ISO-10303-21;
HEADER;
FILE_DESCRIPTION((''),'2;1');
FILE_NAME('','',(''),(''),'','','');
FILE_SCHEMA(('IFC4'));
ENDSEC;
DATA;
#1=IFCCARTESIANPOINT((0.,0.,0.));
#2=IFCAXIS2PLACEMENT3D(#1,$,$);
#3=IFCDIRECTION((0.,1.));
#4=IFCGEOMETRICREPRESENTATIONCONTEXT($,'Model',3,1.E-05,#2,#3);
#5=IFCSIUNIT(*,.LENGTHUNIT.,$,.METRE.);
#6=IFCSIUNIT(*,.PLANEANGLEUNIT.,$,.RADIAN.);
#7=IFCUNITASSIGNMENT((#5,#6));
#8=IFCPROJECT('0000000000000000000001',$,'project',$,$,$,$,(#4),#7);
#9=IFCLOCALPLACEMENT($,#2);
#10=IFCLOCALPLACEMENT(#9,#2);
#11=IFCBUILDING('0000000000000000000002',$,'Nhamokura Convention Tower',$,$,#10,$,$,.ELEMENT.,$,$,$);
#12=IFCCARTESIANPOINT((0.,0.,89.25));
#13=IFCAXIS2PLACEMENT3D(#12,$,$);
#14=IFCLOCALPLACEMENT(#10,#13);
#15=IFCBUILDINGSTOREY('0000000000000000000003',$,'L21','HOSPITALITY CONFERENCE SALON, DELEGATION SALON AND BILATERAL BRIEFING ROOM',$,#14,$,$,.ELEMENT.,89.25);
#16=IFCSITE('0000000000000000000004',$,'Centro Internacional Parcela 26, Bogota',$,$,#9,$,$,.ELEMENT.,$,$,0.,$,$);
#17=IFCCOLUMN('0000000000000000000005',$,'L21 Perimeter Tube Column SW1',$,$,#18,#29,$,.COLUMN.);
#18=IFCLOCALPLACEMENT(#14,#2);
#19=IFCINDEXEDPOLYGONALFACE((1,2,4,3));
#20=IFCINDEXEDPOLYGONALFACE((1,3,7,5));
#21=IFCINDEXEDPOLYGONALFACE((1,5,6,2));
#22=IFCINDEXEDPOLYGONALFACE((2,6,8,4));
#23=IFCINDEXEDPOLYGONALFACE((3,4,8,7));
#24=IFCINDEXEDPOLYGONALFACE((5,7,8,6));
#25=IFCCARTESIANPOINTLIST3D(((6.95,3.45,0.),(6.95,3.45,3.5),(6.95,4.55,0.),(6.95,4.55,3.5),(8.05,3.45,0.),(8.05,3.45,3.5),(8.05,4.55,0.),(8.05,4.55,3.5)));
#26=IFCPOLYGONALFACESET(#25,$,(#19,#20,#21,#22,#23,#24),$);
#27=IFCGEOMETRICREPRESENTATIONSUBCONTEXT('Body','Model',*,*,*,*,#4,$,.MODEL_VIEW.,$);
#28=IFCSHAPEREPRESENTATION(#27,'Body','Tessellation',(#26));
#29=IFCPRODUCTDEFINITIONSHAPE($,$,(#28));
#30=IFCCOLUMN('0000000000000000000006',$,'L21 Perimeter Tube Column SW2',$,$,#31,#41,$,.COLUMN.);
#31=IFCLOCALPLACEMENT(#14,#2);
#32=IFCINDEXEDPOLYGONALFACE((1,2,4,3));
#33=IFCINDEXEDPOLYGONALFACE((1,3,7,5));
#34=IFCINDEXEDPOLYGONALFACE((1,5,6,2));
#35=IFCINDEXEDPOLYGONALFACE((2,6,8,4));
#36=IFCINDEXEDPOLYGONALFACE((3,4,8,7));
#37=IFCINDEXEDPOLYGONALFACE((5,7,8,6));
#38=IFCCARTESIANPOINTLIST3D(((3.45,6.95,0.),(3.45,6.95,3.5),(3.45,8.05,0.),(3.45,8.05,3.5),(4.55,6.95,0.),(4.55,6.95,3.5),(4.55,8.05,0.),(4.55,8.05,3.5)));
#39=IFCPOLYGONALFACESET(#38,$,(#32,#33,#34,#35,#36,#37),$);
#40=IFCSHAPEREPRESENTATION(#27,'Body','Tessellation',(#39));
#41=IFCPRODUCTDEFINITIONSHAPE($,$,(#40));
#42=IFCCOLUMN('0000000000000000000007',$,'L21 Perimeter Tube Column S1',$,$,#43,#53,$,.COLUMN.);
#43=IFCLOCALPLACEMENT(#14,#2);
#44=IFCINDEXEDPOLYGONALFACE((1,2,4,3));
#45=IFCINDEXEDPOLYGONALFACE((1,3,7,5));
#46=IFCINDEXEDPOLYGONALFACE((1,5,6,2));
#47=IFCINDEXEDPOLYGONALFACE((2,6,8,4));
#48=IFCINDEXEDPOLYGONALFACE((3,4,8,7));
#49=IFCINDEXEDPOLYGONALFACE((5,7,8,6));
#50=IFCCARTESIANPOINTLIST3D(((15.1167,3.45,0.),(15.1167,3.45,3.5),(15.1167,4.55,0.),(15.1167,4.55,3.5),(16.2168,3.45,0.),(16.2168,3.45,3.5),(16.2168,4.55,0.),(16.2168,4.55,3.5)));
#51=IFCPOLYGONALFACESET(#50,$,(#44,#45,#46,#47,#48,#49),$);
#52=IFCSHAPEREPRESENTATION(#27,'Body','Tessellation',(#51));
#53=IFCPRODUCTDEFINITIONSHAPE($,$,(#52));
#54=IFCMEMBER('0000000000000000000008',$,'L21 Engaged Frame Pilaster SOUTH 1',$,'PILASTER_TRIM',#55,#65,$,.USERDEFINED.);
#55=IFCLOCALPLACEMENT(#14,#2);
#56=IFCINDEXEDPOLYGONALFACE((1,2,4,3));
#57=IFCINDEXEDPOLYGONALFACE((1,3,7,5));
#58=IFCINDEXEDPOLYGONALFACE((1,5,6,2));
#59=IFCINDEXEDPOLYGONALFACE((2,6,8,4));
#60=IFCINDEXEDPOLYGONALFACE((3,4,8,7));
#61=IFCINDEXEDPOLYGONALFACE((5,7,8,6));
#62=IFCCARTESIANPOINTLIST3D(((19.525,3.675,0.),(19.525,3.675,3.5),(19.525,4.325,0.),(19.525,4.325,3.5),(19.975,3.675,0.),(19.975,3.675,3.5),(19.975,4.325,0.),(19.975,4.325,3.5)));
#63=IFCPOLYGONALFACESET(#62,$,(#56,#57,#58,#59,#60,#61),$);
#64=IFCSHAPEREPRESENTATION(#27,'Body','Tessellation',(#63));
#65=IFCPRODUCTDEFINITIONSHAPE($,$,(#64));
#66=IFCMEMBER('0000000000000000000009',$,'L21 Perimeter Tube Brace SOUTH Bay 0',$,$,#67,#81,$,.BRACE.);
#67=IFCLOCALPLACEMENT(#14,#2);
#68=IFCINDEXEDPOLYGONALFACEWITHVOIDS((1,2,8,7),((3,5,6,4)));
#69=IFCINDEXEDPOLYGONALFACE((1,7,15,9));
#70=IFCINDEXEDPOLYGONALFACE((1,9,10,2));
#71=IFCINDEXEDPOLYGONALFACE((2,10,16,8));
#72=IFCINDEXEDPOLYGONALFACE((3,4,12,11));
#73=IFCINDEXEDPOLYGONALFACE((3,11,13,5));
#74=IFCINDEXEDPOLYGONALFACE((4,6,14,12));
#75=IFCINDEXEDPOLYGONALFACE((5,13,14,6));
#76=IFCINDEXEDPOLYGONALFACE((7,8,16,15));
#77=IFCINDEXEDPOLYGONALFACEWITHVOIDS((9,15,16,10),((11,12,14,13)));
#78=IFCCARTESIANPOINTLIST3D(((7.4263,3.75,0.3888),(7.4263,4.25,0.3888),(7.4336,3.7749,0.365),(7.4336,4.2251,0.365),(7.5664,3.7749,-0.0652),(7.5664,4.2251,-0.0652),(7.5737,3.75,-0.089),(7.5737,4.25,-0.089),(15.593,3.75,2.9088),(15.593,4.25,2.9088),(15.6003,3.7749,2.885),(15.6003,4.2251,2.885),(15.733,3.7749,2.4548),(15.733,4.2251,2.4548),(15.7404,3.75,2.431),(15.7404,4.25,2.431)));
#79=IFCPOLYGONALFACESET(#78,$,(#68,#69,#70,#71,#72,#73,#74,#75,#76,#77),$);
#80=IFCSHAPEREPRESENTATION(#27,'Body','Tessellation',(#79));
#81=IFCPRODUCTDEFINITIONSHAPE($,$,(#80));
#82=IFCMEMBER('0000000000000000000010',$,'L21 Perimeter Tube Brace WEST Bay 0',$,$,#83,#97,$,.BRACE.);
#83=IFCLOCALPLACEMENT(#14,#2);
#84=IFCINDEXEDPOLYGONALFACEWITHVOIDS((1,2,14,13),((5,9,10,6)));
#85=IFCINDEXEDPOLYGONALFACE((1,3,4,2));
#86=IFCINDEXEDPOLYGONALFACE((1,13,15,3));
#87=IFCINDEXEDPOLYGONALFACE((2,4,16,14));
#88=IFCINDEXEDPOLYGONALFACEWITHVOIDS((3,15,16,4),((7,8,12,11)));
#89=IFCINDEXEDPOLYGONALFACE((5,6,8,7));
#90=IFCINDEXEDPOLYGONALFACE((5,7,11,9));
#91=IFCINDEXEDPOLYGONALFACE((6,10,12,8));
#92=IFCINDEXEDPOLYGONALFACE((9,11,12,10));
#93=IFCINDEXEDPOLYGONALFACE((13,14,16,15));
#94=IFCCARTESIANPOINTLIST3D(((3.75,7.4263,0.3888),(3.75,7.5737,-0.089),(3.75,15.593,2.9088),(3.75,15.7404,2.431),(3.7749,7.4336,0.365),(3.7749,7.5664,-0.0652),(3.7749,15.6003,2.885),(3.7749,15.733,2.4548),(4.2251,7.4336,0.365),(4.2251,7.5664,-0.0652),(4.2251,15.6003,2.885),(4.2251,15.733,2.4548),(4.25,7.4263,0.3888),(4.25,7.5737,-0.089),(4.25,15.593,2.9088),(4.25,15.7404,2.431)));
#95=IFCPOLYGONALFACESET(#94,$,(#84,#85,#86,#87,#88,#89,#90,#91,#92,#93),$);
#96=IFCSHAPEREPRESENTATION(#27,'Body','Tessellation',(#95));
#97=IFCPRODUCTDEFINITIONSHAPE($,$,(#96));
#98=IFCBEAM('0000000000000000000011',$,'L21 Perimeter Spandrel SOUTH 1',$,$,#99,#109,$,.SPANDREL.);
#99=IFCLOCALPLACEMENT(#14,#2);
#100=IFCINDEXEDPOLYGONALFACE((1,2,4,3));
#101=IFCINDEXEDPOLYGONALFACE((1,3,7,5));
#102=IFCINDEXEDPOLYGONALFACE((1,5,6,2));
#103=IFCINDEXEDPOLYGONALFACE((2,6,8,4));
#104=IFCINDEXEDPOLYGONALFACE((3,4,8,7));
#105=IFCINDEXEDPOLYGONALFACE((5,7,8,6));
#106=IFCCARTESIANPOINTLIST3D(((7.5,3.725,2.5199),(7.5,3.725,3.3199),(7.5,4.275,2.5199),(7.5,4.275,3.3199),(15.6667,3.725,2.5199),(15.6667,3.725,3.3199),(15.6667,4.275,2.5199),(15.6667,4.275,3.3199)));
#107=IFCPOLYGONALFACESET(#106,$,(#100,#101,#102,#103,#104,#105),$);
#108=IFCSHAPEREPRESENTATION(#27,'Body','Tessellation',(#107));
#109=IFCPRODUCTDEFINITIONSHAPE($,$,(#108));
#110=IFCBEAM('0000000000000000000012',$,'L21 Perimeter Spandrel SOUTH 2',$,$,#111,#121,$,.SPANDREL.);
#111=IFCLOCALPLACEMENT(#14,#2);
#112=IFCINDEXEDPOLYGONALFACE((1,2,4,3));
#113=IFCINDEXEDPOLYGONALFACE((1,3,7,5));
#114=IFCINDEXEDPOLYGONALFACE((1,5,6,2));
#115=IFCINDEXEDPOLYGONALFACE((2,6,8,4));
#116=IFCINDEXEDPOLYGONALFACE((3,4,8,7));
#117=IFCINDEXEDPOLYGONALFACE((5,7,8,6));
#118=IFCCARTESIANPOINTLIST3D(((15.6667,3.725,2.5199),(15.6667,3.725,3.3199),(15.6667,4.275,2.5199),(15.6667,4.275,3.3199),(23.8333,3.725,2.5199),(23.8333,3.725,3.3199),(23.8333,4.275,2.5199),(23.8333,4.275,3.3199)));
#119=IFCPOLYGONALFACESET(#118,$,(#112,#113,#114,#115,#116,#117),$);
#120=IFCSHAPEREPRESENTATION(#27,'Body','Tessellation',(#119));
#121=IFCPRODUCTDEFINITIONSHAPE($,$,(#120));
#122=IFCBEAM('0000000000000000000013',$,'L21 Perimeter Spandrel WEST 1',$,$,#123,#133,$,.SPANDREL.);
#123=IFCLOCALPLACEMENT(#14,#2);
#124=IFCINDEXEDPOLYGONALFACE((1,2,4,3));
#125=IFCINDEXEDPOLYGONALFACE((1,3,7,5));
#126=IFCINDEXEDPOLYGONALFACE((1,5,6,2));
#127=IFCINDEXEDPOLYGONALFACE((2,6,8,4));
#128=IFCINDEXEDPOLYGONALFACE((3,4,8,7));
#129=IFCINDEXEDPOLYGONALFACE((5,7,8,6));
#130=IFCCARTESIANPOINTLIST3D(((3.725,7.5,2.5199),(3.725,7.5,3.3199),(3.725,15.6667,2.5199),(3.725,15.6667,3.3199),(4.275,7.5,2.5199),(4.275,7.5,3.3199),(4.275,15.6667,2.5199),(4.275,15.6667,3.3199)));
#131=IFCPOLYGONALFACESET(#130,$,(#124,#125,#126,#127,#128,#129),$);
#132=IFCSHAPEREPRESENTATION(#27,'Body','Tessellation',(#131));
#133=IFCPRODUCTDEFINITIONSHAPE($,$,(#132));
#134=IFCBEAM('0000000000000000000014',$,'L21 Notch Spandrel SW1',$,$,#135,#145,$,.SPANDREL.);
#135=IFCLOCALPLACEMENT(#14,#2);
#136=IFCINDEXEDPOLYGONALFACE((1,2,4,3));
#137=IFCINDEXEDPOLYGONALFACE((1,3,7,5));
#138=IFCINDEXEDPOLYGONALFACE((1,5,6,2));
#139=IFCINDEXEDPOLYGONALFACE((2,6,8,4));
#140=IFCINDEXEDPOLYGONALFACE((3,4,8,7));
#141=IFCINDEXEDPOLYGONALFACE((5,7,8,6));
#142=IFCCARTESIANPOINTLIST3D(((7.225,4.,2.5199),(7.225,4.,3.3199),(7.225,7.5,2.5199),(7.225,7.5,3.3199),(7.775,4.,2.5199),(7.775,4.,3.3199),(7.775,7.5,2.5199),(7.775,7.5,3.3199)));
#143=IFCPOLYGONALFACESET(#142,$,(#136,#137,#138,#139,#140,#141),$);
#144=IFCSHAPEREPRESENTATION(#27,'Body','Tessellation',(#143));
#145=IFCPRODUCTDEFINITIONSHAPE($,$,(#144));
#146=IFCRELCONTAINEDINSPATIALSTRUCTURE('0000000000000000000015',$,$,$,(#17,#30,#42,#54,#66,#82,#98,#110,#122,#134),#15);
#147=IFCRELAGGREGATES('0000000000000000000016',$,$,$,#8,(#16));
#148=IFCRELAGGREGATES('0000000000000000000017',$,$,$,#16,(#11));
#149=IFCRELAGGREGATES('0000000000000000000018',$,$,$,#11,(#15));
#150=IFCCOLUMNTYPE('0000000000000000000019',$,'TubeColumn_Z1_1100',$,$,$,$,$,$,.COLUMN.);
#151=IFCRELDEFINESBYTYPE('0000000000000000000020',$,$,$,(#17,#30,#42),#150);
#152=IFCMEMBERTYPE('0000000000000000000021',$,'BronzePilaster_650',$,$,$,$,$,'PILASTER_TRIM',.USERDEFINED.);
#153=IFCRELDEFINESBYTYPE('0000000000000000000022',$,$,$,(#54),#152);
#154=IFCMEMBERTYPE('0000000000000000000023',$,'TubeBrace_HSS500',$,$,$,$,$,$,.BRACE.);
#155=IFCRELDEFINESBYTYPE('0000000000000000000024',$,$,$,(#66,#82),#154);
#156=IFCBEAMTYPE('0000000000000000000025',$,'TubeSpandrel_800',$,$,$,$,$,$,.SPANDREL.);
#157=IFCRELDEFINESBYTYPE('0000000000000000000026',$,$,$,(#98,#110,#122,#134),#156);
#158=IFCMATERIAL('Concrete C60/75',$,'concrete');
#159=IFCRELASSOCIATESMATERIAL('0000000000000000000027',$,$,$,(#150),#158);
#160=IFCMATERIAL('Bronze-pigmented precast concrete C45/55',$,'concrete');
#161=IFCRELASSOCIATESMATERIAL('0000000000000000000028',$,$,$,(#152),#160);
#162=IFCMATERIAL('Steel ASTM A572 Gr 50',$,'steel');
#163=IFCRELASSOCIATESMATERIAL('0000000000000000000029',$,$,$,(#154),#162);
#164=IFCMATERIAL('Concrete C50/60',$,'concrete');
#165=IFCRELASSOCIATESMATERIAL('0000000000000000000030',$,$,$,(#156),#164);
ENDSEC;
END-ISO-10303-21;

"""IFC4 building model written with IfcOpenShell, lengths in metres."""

from ifc_helpers import new_model, si_unit, direction, frame, origin, origin_2d, place, context, subcontext, project, spatial, rectangle, hollow_rectangle, extrude, material, material_profile, profile_set, type_object, element, save


model = new_model("IFC4")

# Units and contexts
model_context = context("Model", 3, precision=1e-05, world=origin(), true_north=direction((0.0, 1.0)))
body_context = subcontext(model_context, "Body", "Model", "MODEL_VIEW")
ifc_project = project(units=[si_unit("LENGTHUNIT", "METRE"), si_unit("PLANEANGLEUNIT", "RADIAN")], contexts=[model_context])

# Site, building, storey
site_placement = place(None, origin())
site = spatial("IfcSite", under=ifc_project, at=site_placement, Name="Centro Internacional Parcela 26, Bogota", CompositionType="ELEMENT", RefElevation=0.0)
building_placement = place(site_placement, origin())
building = spatial("IfcBuilding", under=site, at=building_placement, Name="Nhamokura Convention Tower", CompositionType="ELEMENT")
storey_placement = place(building_placement, frame((0.0, 0.0, 89.25)))
storey = spatial("IfcBuildingStorey", under=building, at=storey_placement, Name="L21", Description="HOSPITALITY CONFERENCE SALON, DELEGATION SALON AND BILATERAL BRIEFING ROOM", CompositionType="ELEMENT", Elevation=89.25)

# Columns
ifc_material_1 = material(Name="Concrete C60/75", Category="concrete")
ifc_material_profile_1 = material_profile(ifc_material_1, rectangle(XDim=1.1001, YDim=1.1001, at=origin_2d()))
ifc_profile_set_1 = profile_set([ifc_material_profile_1], Name="Concrete C60/75")
column_type = type_object("IfcColumnType", Name="TubeColumn_Z1_1100", PredefinedType="COLUMN", material=ifc_profile_set_1)
for number, where, z_axis, x_axis, name in (
    (1, (7.5, 4.0, 0.0), (0.0, 0.0, 1.0), (1.0, 0.0, 0.0), "L21 Perimeter Tube Column SW1"),
    (2, (4.0, 7.5, 0.0), (0.0, 0.0, 1.0), (1.0, 0.0, 0.0), "L21 Perimeter Tube Column SW2"),
    (3, (15.6667, 4.0, 0.0), (0.0, 0.0, 1.0), (1.0, 0.0, 0.0), "L21 Perimeter Tube Column S1"),
):
    element("IfcColumn", number, at=place(storey_placement, frame(where, z_axis=z_axis, x_axis=x_axis)), inside=storey, type_object=column_type, Name=name, PredefinedType="COLUMN", context=body_context, shape_type="SweptSolid", body=[
        extrude(rectangle(XDim=1.1001, YDim=1.1001, at=origin_2d()), origin(), (0.0, 0.0, 1.0), 3.5),
    ])

# Members
ifc_material_2 = material(Name="Bronze-pigmented precast concrete C45/55", Category="concrete")
ifc_material_profile_2 = material_profile(ifc_material_2, rectangle(XDim=0.45, YDim=0.6499, at=origin_2d()))
ifc_profile_set_2 = profile_set([ifc_material_profile_2], Name="Bronze-pigmented precast concrete C45/55")
member_type_1 = type_object("IfcMemberType", Name="BronzePilaster_650", ElementType="PILASTER_TRIM", PredefinedType="USERDEFINED", material=ifc_profile_set_2)
member_placement = place(storey_placement, frame((19.75, 4.0, 0.0), z_axis=(0.0, 0.0, 1.0), x_axis=(1.0, 0.0, 0.0)))
element("IfcMember", 4, at=member_placement, inside=storey, type_object=member_type_1, Name="L21 Engaged Frame Pilaster SOUTH 1", ObjectType="PILASTER_TRIM", PredefinedType="USERDEFINED", context=body_context, shape_type="SweptSolid", body=[
    extrude(rectangle(XDim=0.45, YDim=0.6499, at=origin_2d()), origin(), (0.0, 0.0, 1.0), 3.5),
])
ifc_material_3 = material(Name="Steel ASTM A572 Gr 50", Category="steel")
ifc_material_profile_3 = material_profile(ifc_material_3, hollow_rectangle(XDim=0.5, YDim=0.5, WallThickness=0.0249, at=origin_2d()))
ifc_profile_set_3 = profile_set([ifc_material_profile_3], Name="Steel ASTM A572 Gr 50")
member_type_2 = type_object("IfcMemberType", Name="TubeBrace_HSS500", PredefinedType="BRACE", material=ifc_profile_set_3)
for number, where, z_axis, x_axis, name in (
    (5, (7.5, 4.0, 0.1499), (0.955543, 0.0, 0.294853), (0.0, 1.0, 0.0), "L21 Perimeter Tube Brace SOUTH Bay 0"),
    (6, (4.0, 7.5, 0.1499), (0.0, 0.955543, 0.294853), (-1.0, 0.0, 0.0), "L21 Perimeter Tube Brace WEST Bay 0"),
):
    element("IfcMember", number, at=place(storey_placement, frame(where, z_axis=z_axis, x_axis=x_axis)), inside=storey, type_object=member_type_2, Name=name, PredefinedType="BRACE", context=body_context, shape_type="SweptSolid", body=[
        extrude(hollow_rectangle(XDim=0.5, YDim=0.5, WallThickness=0.0249, at=origin_2d()), origin(), (0.0, 0.0, 1.0), 8.5466),
    ])

# Beams
ifc_material_4 = material(Name="Concrete C50/60", Category="concrete")
ifc_material_profile_4 = material_profile(ifc_material_4, rectangle(XDim=0.55, YDim=0.8, at=origin_2d()))
ifc_profile_set_4 = profile_set([ifc_material_profile_4], Name="Concrete C50/60")
beam_type = type_object("IfcBeamType", Name="TubeSpandrel_800", PredefinedType="SPANDREL", material=ifc_profile_set_4)
beam_1_placement = place(storey_placement, frame((7.5, 4.0, 2.9199), z_axis=(1.0, 0.0, 0.0), x_axis=(0.0, 1.0, 0.0)))
element("IfcBeam", 7, at=beam_1_placement, inside=storey, type_object=beam_type, Name="L21 Perimeter Spandrel SOUTH 1", PredefinedType="SPANDREL", context=body_context, shape_type="SweptSolid", body=[
    extrude(rectangle(XDim=0.55, YDim=0.8, at=origin_2d()), origin(), (0.0, 0.0, 1.0), 8.1667),
])
beam_2_placement = place(storey_placement, frame((15.6667, 4.0, 2.9199), z_axis=(1.0, 0.0, 0.0), x_axis=(0.0, 1.0, 0.0)))
element("IfcBeam", 8, at=beam_2_placement, inside=storey, type_object=beam_type, Name="L21 Perimeter Spandrel SOUTH 2", PredefinedType="SPANDREL", context=body_context, shape_type="SweptSolid", body=[
    extrude(rectangle(XDim=0.55, YDim=0.8, at=origin_2d()), origin(), (0.0, 0.0, 1.0), 8.1665),
])
beam_3_placement = place(storey_placement, frame((4.0, 7.5, 2.9199), z_axis=(0.0, 1.0, 0.0), x_axis=(-1.0, 0.0, 0.0)))
element("IfcBeam", 9, at=beam_3_placement, inside=storey, type_object=beam_type, Name="L21 Perimeter Spandrel WEST 1", PredefinedType="SPANDREL", context=body_context, shape_type="SweptSolid", body=[
    extrude(rectangle(XDim=0.55, YDim=0.8, at=origin_2d()), origin(), (0.0, 0.0, 1.0), 8.1667),
])
beam_4_placement = place(storey_placement, frame((7.5, 4.0, 2.9199), z_axis=(0.0, 1.0, 0.0), x_axis=(-1.0, 0.0, 0.0)))
element("IfcBeam", 10, at=beam_4_placement, inside=storey, type_object=beam_type, Name="L21 Notch Spandrel SW1", PredefinedType="SPANDREL", context=body_context, shape_type="SweptSolid", body=[
    extrude(rectangle(XDim=0.55, YDim=0.8, at=origin_2d()), origin(), (0.0, 0.0, 1.0), 3.5),
])

save(model, "model.ifc")
